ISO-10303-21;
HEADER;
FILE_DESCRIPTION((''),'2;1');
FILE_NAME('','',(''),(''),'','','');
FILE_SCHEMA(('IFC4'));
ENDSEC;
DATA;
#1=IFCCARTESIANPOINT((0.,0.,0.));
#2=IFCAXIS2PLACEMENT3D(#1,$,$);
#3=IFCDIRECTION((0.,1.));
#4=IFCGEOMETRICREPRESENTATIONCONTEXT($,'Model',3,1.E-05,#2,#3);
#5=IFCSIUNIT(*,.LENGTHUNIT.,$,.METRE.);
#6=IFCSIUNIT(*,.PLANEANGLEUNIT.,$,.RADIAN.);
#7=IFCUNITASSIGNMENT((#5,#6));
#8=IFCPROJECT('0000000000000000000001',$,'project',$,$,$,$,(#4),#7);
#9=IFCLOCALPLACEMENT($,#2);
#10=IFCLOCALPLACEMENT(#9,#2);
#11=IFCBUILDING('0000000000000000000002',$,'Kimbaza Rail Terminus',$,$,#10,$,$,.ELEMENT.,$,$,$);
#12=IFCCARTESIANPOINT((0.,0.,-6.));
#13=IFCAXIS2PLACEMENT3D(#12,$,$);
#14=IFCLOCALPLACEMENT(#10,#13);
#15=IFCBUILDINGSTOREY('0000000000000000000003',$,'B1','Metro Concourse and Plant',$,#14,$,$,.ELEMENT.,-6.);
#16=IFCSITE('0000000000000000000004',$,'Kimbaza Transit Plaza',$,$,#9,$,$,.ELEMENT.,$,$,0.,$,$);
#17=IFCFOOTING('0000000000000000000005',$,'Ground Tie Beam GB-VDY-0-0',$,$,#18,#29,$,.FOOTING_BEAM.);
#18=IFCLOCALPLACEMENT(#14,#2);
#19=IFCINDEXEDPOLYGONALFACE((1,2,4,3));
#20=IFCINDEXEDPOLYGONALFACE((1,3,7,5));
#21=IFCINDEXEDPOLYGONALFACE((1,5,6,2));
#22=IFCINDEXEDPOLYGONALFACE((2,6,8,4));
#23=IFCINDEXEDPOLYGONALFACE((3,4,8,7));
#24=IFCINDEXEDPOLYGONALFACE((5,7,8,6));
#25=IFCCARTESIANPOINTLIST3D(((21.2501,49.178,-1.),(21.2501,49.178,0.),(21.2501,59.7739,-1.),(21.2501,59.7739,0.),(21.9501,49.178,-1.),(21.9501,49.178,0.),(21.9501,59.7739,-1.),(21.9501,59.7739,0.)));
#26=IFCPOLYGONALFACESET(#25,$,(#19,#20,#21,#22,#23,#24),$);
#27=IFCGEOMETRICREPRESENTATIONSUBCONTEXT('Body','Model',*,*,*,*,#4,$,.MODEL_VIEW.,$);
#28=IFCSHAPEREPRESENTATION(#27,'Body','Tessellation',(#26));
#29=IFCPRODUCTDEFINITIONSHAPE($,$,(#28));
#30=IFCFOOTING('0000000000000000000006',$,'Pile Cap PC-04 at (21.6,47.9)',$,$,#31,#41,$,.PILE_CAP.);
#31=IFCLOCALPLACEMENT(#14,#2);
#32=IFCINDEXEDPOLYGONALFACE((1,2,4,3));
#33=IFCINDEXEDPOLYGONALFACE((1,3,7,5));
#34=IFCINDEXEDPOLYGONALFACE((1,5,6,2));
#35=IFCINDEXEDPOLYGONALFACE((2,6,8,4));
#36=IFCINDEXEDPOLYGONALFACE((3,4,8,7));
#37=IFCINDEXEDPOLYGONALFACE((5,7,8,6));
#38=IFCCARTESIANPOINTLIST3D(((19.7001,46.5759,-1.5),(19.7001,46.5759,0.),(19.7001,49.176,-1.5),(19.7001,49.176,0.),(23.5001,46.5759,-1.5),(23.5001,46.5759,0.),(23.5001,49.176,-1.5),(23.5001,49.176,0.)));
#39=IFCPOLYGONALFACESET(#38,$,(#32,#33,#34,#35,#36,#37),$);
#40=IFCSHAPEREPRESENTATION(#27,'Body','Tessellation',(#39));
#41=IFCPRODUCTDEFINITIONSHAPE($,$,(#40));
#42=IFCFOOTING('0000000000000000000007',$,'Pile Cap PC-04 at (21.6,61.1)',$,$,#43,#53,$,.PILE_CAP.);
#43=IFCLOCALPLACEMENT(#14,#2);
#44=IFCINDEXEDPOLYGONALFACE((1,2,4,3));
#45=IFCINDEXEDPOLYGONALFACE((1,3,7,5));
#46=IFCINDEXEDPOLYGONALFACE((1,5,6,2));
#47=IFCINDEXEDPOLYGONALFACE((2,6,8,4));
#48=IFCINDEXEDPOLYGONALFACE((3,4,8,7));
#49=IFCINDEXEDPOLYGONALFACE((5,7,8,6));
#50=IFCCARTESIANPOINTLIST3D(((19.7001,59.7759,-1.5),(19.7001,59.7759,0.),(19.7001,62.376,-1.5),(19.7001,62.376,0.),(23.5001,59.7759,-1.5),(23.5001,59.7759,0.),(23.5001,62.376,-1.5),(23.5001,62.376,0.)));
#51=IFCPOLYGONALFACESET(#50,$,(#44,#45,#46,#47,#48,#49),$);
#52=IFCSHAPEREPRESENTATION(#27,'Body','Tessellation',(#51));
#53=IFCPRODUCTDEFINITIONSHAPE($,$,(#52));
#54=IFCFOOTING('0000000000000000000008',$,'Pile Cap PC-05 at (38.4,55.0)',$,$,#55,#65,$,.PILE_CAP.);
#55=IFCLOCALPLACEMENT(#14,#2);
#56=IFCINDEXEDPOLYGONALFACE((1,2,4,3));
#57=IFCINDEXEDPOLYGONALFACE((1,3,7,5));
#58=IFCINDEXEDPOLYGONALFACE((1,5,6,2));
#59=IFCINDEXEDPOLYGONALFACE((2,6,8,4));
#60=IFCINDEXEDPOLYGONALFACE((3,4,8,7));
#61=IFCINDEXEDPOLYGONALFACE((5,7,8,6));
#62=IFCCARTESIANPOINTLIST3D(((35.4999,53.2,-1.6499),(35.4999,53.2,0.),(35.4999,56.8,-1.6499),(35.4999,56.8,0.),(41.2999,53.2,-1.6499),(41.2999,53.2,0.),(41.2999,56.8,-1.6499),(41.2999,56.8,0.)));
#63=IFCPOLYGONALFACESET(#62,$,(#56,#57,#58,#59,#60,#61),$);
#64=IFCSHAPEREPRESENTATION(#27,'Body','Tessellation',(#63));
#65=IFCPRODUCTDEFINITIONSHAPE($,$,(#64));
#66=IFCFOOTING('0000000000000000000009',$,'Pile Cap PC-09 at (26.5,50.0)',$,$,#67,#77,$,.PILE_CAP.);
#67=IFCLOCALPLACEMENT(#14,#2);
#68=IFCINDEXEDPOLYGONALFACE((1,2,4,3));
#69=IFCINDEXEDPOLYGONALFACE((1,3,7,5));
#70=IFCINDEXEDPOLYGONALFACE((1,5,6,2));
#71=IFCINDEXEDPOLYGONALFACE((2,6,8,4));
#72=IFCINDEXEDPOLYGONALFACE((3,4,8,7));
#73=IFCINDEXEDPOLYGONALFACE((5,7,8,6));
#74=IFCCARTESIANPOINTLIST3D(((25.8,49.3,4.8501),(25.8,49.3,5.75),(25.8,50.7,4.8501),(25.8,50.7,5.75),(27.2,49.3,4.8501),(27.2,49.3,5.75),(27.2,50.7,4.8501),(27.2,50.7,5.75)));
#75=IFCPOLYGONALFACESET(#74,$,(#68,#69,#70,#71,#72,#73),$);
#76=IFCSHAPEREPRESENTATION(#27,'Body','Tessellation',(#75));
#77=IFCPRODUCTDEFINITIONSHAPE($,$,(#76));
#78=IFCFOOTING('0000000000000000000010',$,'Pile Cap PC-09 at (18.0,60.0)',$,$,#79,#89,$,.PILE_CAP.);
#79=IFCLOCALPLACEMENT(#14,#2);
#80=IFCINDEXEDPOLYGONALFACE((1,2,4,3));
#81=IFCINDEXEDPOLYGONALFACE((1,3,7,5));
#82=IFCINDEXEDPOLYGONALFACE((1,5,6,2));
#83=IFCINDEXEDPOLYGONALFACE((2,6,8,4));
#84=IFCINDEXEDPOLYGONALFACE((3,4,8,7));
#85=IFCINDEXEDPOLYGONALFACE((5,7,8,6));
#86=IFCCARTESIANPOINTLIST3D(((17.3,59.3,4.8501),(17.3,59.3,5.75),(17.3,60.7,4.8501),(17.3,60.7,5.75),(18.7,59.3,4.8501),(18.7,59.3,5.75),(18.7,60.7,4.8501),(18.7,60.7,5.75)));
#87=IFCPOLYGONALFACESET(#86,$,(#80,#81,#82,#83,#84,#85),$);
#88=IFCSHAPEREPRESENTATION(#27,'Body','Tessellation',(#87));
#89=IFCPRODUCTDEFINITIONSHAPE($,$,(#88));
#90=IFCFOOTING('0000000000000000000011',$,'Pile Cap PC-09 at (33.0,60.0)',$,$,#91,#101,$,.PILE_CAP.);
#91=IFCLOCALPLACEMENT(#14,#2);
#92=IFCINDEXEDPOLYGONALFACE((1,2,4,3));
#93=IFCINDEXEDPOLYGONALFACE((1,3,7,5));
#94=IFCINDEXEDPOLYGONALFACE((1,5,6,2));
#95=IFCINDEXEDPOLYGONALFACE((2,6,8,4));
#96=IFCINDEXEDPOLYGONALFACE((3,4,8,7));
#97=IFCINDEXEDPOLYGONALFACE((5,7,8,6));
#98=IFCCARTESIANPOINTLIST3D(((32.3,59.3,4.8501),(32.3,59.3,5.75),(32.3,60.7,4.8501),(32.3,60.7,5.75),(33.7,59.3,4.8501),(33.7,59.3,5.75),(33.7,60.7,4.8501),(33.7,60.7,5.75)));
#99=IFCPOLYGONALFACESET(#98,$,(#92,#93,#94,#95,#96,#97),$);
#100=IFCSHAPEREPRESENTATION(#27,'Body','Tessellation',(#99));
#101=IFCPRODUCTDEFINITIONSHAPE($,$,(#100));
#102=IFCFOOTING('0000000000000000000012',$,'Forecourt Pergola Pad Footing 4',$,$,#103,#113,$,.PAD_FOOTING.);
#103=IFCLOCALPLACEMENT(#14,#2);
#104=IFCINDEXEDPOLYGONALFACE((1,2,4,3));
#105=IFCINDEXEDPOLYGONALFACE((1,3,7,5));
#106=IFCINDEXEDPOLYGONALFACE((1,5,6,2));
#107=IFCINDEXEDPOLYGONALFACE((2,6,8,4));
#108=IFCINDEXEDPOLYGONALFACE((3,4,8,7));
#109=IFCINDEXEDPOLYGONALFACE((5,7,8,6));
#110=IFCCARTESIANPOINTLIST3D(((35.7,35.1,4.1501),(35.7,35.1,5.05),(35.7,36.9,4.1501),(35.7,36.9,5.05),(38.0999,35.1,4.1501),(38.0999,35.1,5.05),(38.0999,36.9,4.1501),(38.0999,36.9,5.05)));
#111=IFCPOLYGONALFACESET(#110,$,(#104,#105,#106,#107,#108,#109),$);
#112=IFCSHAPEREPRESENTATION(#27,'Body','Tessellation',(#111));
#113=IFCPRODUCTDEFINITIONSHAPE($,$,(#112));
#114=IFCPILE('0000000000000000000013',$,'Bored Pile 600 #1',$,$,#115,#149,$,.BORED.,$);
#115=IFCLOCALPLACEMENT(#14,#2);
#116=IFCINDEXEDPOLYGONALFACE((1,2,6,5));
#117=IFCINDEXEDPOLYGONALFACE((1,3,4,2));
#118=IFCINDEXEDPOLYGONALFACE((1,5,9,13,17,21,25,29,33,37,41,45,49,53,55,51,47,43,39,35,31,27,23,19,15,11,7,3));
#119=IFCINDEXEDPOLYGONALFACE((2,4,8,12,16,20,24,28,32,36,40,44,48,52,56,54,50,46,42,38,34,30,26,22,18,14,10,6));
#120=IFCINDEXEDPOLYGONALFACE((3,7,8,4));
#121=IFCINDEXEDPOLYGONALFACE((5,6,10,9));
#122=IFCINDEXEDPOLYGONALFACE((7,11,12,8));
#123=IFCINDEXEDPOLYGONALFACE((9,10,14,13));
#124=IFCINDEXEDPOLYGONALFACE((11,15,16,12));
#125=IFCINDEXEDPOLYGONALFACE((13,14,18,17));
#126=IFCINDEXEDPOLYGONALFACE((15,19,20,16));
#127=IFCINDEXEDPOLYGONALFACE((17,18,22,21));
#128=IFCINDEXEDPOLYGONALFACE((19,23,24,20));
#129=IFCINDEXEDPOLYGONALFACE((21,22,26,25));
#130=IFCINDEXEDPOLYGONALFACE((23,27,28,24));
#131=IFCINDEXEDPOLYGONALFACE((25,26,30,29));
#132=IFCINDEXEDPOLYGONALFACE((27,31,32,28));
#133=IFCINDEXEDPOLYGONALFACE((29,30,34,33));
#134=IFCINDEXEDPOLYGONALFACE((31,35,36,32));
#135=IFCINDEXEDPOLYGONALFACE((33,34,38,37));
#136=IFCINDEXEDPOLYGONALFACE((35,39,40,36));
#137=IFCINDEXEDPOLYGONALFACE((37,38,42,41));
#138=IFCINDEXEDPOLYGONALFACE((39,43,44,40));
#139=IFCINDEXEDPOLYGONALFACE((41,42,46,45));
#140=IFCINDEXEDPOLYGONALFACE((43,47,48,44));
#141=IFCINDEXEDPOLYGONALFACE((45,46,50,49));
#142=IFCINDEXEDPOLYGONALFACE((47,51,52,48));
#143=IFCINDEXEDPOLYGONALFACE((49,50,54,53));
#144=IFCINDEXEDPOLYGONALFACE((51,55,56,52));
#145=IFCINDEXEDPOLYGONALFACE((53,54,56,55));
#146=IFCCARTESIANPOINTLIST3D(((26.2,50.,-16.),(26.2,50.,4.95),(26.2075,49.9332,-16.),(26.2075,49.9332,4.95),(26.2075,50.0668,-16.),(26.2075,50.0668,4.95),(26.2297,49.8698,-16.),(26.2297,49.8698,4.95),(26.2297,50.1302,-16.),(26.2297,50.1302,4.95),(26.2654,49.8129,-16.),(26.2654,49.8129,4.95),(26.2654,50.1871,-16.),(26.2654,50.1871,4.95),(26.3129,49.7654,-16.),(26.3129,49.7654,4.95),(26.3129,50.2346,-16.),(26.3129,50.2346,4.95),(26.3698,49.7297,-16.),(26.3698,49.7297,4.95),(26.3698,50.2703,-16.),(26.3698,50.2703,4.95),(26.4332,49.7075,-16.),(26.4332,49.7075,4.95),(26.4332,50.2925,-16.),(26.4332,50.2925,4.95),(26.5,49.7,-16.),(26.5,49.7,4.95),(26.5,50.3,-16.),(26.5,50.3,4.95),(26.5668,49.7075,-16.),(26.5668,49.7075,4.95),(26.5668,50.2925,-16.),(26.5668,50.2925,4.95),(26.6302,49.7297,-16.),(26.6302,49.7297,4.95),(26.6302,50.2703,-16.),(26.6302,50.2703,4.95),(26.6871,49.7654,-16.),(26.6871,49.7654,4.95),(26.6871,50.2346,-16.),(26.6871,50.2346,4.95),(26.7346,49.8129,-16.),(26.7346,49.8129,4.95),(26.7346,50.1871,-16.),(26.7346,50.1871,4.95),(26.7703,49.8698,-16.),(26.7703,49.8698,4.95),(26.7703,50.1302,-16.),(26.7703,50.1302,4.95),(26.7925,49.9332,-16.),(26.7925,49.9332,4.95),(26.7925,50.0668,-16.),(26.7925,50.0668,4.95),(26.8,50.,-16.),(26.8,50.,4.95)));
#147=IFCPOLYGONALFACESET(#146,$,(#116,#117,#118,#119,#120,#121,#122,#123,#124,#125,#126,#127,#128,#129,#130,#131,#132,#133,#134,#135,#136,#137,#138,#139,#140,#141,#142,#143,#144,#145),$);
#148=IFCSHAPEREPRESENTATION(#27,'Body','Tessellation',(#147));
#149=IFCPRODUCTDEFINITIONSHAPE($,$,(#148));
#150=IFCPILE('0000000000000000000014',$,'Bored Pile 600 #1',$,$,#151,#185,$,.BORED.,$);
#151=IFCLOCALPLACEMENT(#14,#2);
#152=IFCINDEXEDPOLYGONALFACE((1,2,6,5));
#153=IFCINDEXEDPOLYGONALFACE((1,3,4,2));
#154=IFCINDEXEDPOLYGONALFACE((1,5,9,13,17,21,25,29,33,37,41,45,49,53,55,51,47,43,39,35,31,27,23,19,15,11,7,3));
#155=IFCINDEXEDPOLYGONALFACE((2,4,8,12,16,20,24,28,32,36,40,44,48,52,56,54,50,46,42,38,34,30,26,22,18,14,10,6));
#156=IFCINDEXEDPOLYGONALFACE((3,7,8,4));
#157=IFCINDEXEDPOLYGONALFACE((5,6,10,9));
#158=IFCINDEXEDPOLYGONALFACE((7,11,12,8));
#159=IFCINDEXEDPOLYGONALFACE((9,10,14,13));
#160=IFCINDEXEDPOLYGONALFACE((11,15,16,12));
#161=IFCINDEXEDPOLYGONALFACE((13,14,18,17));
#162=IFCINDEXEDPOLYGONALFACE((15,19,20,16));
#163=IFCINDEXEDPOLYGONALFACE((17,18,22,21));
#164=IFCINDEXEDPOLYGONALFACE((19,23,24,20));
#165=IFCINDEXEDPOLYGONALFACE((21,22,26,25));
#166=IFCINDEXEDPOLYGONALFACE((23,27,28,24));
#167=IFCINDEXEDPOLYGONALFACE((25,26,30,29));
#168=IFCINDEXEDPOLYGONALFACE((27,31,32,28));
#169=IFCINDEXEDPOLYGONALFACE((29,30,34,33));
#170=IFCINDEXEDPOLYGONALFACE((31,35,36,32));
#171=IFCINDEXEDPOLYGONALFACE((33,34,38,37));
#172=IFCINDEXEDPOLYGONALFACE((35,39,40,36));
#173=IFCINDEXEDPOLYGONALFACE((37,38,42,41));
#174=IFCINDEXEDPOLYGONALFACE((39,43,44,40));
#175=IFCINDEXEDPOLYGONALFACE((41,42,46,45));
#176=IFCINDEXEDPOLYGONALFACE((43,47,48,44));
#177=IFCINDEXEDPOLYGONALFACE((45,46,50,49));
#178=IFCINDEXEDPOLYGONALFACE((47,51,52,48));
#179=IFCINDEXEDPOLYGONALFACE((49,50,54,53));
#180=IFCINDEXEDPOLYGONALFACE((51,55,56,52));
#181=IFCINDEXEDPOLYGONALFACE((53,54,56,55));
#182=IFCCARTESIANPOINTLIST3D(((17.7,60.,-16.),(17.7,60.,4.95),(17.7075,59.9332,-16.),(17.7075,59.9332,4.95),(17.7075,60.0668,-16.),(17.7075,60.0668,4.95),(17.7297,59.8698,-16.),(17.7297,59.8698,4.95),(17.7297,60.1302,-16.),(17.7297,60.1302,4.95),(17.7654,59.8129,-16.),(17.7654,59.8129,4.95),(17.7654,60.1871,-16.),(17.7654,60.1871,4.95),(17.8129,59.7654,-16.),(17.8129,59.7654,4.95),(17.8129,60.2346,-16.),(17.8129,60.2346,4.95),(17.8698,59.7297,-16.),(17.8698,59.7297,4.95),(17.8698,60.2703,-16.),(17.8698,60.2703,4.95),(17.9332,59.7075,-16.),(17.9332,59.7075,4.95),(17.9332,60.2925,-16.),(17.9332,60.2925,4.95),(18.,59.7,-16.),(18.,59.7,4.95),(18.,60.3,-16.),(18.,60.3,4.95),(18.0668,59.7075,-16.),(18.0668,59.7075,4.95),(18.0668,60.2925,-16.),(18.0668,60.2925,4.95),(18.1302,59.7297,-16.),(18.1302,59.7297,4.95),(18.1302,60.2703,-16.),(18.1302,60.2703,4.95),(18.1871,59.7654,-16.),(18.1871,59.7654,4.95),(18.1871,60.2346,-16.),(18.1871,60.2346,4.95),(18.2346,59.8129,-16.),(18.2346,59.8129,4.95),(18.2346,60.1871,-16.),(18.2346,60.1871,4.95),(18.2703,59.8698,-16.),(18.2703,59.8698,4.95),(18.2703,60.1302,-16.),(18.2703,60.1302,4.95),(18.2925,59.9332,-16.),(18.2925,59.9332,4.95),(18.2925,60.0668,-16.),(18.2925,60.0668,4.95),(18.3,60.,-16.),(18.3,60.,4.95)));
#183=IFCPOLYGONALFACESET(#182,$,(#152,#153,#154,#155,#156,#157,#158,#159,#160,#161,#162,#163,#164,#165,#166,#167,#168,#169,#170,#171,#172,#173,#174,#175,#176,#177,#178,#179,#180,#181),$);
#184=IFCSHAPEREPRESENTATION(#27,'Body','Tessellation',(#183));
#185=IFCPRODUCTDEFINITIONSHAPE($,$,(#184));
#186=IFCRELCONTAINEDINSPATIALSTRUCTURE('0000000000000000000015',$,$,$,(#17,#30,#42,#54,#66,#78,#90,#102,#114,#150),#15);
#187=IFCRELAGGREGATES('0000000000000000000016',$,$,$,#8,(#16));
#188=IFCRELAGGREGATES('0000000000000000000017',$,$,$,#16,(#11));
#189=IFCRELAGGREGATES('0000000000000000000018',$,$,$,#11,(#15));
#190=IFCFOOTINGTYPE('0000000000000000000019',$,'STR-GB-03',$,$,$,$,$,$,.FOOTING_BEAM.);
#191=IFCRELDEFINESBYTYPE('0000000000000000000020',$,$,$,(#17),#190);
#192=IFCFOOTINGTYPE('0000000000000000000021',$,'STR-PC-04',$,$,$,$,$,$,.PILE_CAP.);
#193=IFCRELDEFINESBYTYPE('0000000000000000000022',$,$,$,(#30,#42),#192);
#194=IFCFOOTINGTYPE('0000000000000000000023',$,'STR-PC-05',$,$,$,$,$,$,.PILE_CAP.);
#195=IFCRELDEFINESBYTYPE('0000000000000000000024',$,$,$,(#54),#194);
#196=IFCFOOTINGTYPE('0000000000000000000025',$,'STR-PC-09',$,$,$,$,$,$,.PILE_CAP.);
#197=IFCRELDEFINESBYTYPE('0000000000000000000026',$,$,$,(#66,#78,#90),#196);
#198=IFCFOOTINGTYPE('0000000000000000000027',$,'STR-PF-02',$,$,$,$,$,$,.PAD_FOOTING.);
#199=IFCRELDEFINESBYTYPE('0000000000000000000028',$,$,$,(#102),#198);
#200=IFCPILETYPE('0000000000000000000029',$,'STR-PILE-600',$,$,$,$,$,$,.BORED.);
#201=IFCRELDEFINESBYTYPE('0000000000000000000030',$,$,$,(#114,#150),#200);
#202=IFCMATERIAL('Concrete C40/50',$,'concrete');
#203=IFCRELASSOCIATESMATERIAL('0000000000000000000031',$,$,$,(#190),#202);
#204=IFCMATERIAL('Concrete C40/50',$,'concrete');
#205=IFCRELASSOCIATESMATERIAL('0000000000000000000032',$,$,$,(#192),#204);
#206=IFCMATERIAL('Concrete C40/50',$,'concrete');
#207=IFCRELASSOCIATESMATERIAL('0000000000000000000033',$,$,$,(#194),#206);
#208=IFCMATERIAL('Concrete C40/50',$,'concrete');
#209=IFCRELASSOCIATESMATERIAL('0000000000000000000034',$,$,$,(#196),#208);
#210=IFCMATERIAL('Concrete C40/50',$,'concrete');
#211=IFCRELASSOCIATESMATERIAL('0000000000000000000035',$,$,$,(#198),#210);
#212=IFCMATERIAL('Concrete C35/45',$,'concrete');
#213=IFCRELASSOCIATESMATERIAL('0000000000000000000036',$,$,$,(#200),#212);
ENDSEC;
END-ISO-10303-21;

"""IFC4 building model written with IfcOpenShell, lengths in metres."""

from ifc_helpers import new_model, si_unit, direction, frame, origin, origin_2d, place, context, subcontext, project, spatial, rectangle, circle, extrude, material, material_profile, profile_set, type_object, element, save


model = new_model("IFC4")

# Units and contexts
model_context = context("Model", 3, precision=1e-05, world=origin(), true_north=direction((0.0, 1.0)))
body_context = subcontext(model_context, "Body", "Model", "MODEL_VIEW")
ifc_project = project(units=[si_unit("LENGTHUNIT", "METRE"), si_unit("PLANEANGLEUNIT", "RADIAN")], contexts=[model_context])

# Site, building, storey
site_placement = place(None, origin())
site = spatial("IfcSite", under=ifc_project, at=site_placement, Name="Kimbaza Transit Plaza", CompositionType="ELEMENT", RefElevation=0.0)
building_placement = place(site_placement, origin())
building = spatial("IfcBuilding", under=site, at=building_placement, Name="Kimbaza Rail Terminus", CompositionType="ELEMENT")
storey_placement = place(building_placement, frame((0.0, 0.0, -6.0)))
storey = spatial("IfcBuildingStorey", under=building, at=storey_placement, Name="B1", Description="Metro Concourse and Plant", CompositionType="ELEMENT", Elevation=-6.0)

# Footings
ifc_material_1 = material(Name="Concrete C40/50", Category="concrete")
ifc_material_profile_1 = material_profile(ifc_material_1, rectangle(XDim=0.7, YDim=1.0, at=origin_2d()), Name="GB-03 700x1000")
ifc_profile_set_1 = profile_set([ifc_material_profile_1], Name="Concrete C40/50")
footing_type_1 = type_object("IfcFootingType", Name="STR-GB-03", PredefinedType="FOOTING_BEAM", material=ifc_profile_set_1)
footing_1_placement = place(storey_placement, frame((21.6001, 49.178, -0.5), z_axis=(0.0, 1.0, 0.0), x_axis=(-1.0, 0.0, 0.0)))
element("IfcFooting", 1, at=footing_1_placement, inside=storey, type_object=footing_type_1, Name="Ground Tie Beam GB-VDY-0-0", PredefinedType="FOOTING_BEAM", context=body_context, shape_type="SweptSolid", body=[
    extrude(rectangle(XDim=0.7, YDim=1.0, at=origin_2d()), origin(), (0.0, 0.0, 1.0), 10.5959),
])
ifc_material_2 = material(Name="Concrete C40/50", Category="concrete")
footing_type_2 = type_object("IfcFootingType", Name="STR-PC-04", PredefinedType="PILE_CAP", material=ifc_material_2)
for number, where, z_axis, x_axis, name in (
    (2, (21.6001, 47.876, -1.5), (0.0, 0.0, 1.0), (1.0, 0.0, 0.0), "Pile Cap PC-04 at (21.6,47.9)"),
    (3, (21.6001, 61.0759, -1.5), (0.0, 0.0, 1.0), (1.0, 0.0, 0.0), "Pile Cap PC-04 at (21.6,61.1)"),
):
    element("IfcFooting", number, at=place(storey_placement, frame(where, z_axis=z_axis, x_axis=x_axis)), inside=storey, type_object=footing_type_2, Name=name, PredefinedType="PILE_CAP", context=body_context, shape_type="SweptSolid", body=[
        extrude(rectangle(XDim=3.8, YDim=2.6001, at=origin_2d()), origin(), (0.0, 0.0, 1.0), 1.5),
    ])
ifc_material_3 = material(Name="Concrete C40/50", Category="concrete")
footing_type_3 = type_object("IfcFootingType", Name="STR-PC-05", PredefinedType="PILE_CAP", material=ifc_material_3)
footing_2_placement = place(storey_placement, frame((38.3999, 55.0, -1.6499), z_axis=(0.0, 0.0, 1.0), x_axis=(1.0, 0.0, 0.0)))
element("IfcFooting", 4, at=footing_2_placement, inside=storey, type_object=footing_type_3, Name="Pile Cap PC-05 at (38.4,55.0)", PredefinedType="PILE_CAP", context=body_context, shape_type="SweptSolid", body=[
    extrude(rectangle(XDim=5.8, YDim=3.6001, at=origin_2d()), origin(), (0.0, 0.0, 1.0), 1.6499),
])
ifc_material_4 = material(Name="Concrete C40/50", Category="concrete")
footing_type_4 = type_object("IfcFootingType", Name="STR-PC-09", PredefinedType="PILE_CAP", material=ifc_material_4)
for number, where, z_axis, x_axis, name in (
    (5, (26.5, 50.0, 4.8501), (0.0, 0.0, 1.0), (1.0, 0.0, 0.0), "Pile Cap PC-09 at (26.5,50.0)"),
    (6, (18.0, 60.0, 4.8501), (0.0, 0.0, 1.0), (1.0, 0.0, 0.0), "Pile Cap PC-09 at (18.0,60.0)"),
    (7, (33.0, 60.0, 4.8501), (0.0, 0.0, 1.0), (1.0, 0.0, 0.0), "Pile Cap PC-09 at (33.0,60.0)"),
):
    element("IfcFooting", number, at=place(storey_placement, frame(where, z_axis=z_axis, x_axis=x_axis)), inside=storey, type_object=footing_type_4, Name=name, PredefinedType="PILE_CAP", context=body_context, shape_type="SweptSolid", body=[
        extrude(rectangle(XDim=1.3999, YDim=1.3999, at=origin_2d()), origin(), (0.0, 0.0, 1.0), 0.8999),
    ])
ifc_material_5 = material(Name="Concrete C40/50", Category="concrete")
footing_type_5 = type_object("IfcFootingType", Name="STR-PF-02", PredefinedType="PAD_FOOTING", material=ifc_material_5)
footing_3_placement = place(storey_placement, frame((36.8999, 36.0, 4.1501), z_axis=(0.0, 0.0, 1.0), x_axis=(1.0, 0.0, 0.0)))
element("IfcFooting", 8, at=footing_3_placement, inside=storey, type_object=footing_type_5, Name="Forecourt Pergola Pad Footing 4", PredefinedType="PAD_FOOTING", context=body_context, shape_type="SweptSolid", body=[
    extrude(rectangle(XDim=2.3999, YDim=1.8, at=origin_2d()), origin(), (0.0, 0.0, 1.0), 0.8999),
])

# Piles
ifc_material_6 = material(Name="Concrete C35/45", Category="concrete")
ifc_material_profile_2 = material_profile(ifc_material_6, circle(Radius=0.3, at=origin_2d()), Name="BORED PILE 600")
ifc_profile_set_2 = profile_set([ifc_material_profile_2], Name="Concrete C35/45")
pile_type_1 = type_object("IfcPileType", Name="STR-PILE-600", PredefinedType="BORED", material=ifc_profile_set_2)
for number, where, z_axis, x_axis, name in (
    (9, (26.5, 50.0, 4.95), (0.0, 0.0, -1.0), (1.0, 0.0, 0.0), "Bored Pile 600 #1"),
    (10, (18.0, 60.0, 4.95), (0.0, 0.0, -1.0), (1.0, 0.0, 0.0), "Bored Pile 600 #1"),
):
    element("IfcPile", number, at=place(storey_placement, frame(where, z_axis=z_axis, x_axis=x_axis)), inside=storey, type_object=pile_type_1, Name=name, PredefinedType="BORED", context=body_context, shape_type="SweptSolid", body=[
        extrude(circle(Radius=0.3, at=origin_2d()), origin(), (0.0, 0.0, 1.0), 20.95),
    ])

save(model, "model.ifc")
